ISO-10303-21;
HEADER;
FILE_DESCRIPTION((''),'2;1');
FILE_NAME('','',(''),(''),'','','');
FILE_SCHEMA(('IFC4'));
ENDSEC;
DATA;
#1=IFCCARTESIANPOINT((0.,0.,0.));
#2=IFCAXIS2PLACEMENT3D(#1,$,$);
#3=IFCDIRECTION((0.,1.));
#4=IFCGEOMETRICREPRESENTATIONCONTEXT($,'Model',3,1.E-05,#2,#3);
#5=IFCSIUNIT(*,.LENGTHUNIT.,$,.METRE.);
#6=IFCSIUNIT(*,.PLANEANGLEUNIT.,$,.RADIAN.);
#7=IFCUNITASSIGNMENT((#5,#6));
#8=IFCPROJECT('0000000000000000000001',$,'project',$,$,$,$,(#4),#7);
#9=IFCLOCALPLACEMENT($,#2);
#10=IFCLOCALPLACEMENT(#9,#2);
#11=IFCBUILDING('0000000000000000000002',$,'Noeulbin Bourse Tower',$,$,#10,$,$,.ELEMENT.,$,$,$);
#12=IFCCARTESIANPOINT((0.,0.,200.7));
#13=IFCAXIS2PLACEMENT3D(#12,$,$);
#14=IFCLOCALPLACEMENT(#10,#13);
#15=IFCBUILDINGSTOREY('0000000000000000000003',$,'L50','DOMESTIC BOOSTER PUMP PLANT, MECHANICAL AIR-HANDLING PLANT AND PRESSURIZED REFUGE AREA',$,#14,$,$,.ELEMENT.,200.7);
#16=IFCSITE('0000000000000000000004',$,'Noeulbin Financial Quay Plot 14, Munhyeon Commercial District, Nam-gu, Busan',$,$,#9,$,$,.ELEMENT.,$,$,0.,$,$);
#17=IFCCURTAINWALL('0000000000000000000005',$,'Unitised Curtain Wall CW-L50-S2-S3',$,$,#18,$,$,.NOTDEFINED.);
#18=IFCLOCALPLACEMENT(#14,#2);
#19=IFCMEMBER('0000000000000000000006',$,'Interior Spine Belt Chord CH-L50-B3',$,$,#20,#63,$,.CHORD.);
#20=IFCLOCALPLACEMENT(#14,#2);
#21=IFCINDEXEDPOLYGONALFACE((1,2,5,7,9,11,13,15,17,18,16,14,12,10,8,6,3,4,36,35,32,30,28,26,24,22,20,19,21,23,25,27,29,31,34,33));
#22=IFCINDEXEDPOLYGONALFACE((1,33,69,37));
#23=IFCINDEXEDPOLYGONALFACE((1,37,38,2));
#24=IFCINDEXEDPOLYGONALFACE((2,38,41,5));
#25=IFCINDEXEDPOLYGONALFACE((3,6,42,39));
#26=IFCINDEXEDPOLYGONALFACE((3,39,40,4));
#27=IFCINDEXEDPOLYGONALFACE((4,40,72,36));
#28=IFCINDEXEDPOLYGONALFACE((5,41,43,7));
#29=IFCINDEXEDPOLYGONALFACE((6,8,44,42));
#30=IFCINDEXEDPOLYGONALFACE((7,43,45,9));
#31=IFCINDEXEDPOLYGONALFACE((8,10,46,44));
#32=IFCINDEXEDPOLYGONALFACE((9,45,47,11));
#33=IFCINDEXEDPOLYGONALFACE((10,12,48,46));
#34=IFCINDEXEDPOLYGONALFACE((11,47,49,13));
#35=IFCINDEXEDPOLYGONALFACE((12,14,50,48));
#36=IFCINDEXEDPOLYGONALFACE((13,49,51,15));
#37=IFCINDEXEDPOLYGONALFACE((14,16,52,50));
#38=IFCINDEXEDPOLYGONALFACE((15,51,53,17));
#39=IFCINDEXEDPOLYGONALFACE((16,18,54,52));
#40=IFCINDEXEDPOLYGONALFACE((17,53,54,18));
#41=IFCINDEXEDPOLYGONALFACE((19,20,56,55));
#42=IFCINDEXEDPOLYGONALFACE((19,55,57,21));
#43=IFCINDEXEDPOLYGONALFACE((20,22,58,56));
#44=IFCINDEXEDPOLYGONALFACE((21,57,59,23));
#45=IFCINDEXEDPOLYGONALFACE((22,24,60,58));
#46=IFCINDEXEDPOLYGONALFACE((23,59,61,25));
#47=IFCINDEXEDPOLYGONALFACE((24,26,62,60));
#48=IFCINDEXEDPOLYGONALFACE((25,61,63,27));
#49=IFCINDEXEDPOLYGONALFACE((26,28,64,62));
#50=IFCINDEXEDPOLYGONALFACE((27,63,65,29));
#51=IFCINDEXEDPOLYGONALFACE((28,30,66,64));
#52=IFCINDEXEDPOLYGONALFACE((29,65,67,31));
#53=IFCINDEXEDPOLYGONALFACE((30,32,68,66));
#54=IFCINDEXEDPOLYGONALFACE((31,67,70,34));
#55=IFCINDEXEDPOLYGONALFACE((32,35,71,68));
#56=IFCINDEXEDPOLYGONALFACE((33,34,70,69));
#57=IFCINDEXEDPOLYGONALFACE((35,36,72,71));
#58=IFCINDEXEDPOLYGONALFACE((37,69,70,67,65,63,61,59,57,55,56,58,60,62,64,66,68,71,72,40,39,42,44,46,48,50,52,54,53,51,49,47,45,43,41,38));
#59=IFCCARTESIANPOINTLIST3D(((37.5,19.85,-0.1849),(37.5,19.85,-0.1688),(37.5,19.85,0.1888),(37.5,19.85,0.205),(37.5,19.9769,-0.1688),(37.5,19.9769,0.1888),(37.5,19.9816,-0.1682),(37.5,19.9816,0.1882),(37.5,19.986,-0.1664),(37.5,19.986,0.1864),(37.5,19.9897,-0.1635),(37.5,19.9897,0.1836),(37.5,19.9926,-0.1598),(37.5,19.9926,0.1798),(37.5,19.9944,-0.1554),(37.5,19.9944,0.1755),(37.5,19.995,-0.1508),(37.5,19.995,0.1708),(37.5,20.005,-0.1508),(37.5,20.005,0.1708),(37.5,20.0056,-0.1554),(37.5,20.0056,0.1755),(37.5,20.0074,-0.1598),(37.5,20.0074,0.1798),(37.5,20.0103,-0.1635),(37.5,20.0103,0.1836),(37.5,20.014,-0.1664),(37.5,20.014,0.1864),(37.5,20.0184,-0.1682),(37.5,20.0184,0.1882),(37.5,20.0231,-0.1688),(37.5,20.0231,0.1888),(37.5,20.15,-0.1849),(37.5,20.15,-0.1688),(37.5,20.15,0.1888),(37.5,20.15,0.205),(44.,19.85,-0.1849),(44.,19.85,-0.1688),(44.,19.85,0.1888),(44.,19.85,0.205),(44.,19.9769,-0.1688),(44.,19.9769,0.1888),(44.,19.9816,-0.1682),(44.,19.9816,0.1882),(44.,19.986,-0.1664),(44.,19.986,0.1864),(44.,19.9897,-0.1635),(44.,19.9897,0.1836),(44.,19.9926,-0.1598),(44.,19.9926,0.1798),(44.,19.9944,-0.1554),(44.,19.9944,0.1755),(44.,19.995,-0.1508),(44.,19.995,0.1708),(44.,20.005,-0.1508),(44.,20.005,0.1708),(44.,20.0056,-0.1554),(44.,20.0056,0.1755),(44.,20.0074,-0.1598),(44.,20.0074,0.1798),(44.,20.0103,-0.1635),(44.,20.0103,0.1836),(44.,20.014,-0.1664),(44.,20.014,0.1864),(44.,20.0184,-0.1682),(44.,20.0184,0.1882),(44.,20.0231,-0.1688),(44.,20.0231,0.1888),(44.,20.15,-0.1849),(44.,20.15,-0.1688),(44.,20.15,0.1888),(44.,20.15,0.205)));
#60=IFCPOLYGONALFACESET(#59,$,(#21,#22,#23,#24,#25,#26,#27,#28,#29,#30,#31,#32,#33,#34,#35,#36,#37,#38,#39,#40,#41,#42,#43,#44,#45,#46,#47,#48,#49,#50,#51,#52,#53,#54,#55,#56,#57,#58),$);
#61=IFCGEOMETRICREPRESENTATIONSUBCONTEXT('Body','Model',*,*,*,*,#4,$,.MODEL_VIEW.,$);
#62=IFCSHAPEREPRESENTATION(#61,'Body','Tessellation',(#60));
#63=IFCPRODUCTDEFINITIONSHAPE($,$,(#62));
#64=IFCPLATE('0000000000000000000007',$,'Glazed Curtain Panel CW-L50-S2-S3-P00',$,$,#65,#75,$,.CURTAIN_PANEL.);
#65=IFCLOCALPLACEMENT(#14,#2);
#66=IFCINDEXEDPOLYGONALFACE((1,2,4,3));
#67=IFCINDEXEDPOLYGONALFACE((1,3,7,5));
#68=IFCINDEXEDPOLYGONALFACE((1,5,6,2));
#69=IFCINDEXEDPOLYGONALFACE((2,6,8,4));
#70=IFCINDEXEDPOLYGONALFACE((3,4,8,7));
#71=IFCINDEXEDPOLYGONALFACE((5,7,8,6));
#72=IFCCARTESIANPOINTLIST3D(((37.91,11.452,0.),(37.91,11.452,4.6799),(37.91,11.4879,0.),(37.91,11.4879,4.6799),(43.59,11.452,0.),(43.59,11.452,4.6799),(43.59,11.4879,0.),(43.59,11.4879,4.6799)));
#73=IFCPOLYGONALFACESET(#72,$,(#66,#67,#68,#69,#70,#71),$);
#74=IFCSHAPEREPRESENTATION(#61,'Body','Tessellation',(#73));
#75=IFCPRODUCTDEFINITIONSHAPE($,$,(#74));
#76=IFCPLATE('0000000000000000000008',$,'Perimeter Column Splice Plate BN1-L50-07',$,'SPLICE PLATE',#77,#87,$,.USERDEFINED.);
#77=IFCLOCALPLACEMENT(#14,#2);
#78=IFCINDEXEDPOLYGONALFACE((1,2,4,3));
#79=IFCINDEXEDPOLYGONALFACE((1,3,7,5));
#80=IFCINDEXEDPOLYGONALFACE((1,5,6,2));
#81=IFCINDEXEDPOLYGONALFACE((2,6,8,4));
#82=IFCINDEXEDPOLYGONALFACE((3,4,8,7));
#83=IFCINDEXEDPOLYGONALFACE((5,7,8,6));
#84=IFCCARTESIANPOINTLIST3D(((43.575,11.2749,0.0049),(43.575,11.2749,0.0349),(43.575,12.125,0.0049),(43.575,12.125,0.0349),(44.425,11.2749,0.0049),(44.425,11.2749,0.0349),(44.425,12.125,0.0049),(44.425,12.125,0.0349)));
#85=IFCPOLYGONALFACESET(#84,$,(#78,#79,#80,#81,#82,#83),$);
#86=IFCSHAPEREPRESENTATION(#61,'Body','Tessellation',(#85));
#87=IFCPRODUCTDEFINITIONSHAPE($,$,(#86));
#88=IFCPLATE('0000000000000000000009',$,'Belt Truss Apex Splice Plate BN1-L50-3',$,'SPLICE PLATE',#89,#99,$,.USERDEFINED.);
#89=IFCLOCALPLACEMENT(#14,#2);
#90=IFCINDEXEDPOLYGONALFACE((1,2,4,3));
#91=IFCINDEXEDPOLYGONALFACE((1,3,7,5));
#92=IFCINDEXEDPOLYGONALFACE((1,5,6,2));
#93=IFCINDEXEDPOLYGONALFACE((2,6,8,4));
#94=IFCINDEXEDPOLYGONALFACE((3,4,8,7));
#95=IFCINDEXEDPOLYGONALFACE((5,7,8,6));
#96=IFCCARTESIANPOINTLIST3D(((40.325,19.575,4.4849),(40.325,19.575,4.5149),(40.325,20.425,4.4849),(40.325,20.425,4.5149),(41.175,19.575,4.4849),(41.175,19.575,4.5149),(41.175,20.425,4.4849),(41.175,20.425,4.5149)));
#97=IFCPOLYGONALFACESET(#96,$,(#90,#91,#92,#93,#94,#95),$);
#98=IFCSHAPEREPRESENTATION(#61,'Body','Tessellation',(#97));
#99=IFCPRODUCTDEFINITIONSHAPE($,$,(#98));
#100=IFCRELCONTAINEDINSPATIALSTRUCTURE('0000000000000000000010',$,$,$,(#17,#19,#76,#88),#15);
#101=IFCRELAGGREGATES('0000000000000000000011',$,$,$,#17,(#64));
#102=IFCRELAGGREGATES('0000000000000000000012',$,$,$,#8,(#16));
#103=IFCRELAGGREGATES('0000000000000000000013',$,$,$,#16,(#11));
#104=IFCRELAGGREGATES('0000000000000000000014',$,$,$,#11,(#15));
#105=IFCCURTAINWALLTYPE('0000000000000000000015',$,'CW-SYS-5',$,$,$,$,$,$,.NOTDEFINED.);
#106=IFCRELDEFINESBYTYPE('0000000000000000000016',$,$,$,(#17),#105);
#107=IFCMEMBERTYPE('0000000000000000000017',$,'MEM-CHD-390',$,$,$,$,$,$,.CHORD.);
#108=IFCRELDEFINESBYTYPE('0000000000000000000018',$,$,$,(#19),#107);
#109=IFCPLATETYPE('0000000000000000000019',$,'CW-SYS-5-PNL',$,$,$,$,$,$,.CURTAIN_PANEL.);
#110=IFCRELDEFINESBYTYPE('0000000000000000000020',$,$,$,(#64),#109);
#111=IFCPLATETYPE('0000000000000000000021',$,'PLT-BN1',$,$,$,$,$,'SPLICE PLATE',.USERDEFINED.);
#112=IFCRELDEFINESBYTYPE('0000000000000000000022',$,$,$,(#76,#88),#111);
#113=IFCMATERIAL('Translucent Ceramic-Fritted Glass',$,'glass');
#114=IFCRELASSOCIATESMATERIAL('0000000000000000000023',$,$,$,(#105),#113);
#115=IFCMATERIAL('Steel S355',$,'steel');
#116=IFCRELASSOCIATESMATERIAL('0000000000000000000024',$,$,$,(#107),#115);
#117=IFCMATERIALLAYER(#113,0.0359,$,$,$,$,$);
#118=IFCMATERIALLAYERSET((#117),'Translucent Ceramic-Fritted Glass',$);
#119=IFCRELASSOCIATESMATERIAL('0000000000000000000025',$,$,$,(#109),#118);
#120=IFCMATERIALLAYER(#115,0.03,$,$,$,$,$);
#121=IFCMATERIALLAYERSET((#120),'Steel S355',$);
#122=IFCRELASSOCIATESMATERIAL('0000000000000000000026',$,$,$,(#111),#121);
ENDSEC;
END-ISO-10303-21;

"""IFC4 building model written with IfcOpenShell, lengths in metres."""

from ifc_helpers import new_model, si_unit, direction, frame, origin, origin_2d, place, context, subcontext, project, spatial, rectangle, i_section, extrude, material, layer, layer_set, material_profile, profile_set, type_object, element, aggregate, save


model = new_model("IFC4")

# Units and contexts
model_context = context("Model", 3, precision=1e-05, world=origin(), true_north=direction((0.0, 1.0)))
body_context = subcontext(model_context, "Body", "Model", "MODEL_VIEW")
ifc_project = project(units=[si_unit("LENGTHUNIT", "METRE"), si_unit("PLANEANGLEUNIT", "RADIAN")], contexts=[model_context])

# Site, building, storey
site_placement = place(None, origin())
site = spatial("IfcSite", under=ifc_project, at=site_placement, Name="Noeulbin Financial Quay Plot 14, Munhyeon Commercial District, Nam-gu, Busan", CompositionType="ELEMENT", RefElevation=0.0)
building_placement = place(site_placement, origin())
building = spatial("IfcBuilding", under=site, at=building_placement, Name="Noeulbin Bourse Tower", CompositionType="ELEMENT")
storey_placement = place(building_placement, frame((0.0, 0.0, 200.7)))
storey = spatial("IfcBuildingStorey", under=building, at=storey_placement, Name="L50", Description="DOMESTIC BOOSTER PUMP PLANT, MECHANICAL AIR-HANDLING PLANT AND PRESSURIZED REFUGE AREA", CompositionType="ELEMENT", Elevation=200.7)

# Shared definitions
ifc_material_1 = material(Name="Steel S355", Category="steel")

# Curtain wall
ifc_material_2 = material(Name="Translucent Ceramic-Fritted Glass", Category="glass")
curtain_wall_type = type_object("IfcCurtainWallType", Name="CW-SYS-5", PredefinedType="NOTDEFINED", material=ifc_material_2)
curtain_wall_placement = place(storey_placement, origin())
curtain_wall = element("IfcCurtainWall", 1, at=curtain_wall_placement, inside=storey, type_object=curtain_wall_type, Name="Unitised Curtain Wall CW-L50-S2-S3", PredefinedType="NOTDEFINED")

# Member
ifc_material_profile_1 = material_profile(ifc_material_1, i_section(OverallWidth=0.3, OverallDepth=0.3899, WebThickness=0.01, FlangeThickness=0.0161, FilletRadius=0.0181, at=origin_2d()), Name="H-390x300x10x16", Category="LoadBearing")
ifc_profile_set_1 = profile_set([ifc_material_profile_1], Name="Steel S355")
member_type_1 = type_object("IfcMemberType", Name="MEM-CHD-390", PredefinedType="CHORD", material=ifc_profile_set_1)
member_1_placement = place(storey_placement, frame((37.5, 20.0, 0.01), z_axis=(1.0, 0.0, 0.0), x_axis=(0.0, 1.0, 0.0)))
element("IfcMember", 2, at=member_1_placement, inside=storey, type_object=member_type_1, Name="Interior Spine Belt Chord CH-L50-B3", PredefinedType="CHORD", context=body_context, shape_type="SweptSolid", body=[
    extrude(i_section(OverallWidth=0.3, OverallDepth=0.3899, WebThickness=0.01, FlangeThickness=0.0161, FilletRadius=0.0181, at=origin_2d()), origin(), (0.0, 0.0, 1.0), 6.5),
])

# Plate
ifc_layer_1 = layer(ifc_material_2, 0.0359)
ifc_layer_set_1 = layer_set([ifc_layer_1], Name="Translucent Ceramic-Fritted Glass")
plate_type_1 = type_object("IfcPlateType", Name="CW-SYS-5-PNL", PredefinedType="CURTAIN_PANEL", material=ifc_layer_set_1)
plate_placement = place(storey_placement, frame((40.75, 11.47, 0.0), z_axis=(0.0, 0.0, 1.0), x_axis=(1.0, 0.0, 0.0)))
plate = element("IfcPlate", 3, at=plate_placement, type_object=plate_type_1, Name="Glazed Curtain Panel CW-L50-S2-S3-P00", PredefinedType="CURTAIN_PANEL", context=body_context, shape_type="SweptSolid", body=[
    extrude(rectangle(XDim=5.6799, YDim=0.0359, at=origin_2d()), origin(), (0.0, 0.0, 1.0), 4.6799),
])
aggregate(curtain_wall, [plate])

# Plates
ifc_layer_2 = layer(ifc_material_1, 0.03)
ifc_layer_set_2 = layer_set([ifc_layer_2], Name="Steel S355")
plate_type_2 = type_object("IfcPlateType", Name="PLT-BN1", ElementType="SPLICE PLATE", PredefinedType="USERDEFINED", material=ifc_layer_set_2)
for number, where, z_axis, x_axis, name in (
    (4, (44.0, 11.7, 0.0049), (0.0, 0.0, 1.0), (1.0, 0.0, 0.0), "Perimeter Column Splice Plate BN1-L50-07"),
    (5, (40.75, 20.0, 4.4849), (0.0, 0.0, 1.0), (1.0, 0.0, 0.0), "Belt Truss Apex Splice Plate BN1-L50-3"),
):
    element("IfcPlate", number, at=place(storey_placement, frame(where, z_axis=z_axis, x_axis=x_axis)), inside=storey, type_object=plate_type_2, Name=name, ObjectType="SPLICE PLATE", PredefinedType="USERDEFINED", context=body_context, shape_type="SweptSolid", body=[
        extrude(rectangle(XDim=0.8501, YDim=0.8501, at=origin_2d()), origin(), (0.0, 0.0, 1.0), 0.03),
    ])

save(model, "model.ifc")
